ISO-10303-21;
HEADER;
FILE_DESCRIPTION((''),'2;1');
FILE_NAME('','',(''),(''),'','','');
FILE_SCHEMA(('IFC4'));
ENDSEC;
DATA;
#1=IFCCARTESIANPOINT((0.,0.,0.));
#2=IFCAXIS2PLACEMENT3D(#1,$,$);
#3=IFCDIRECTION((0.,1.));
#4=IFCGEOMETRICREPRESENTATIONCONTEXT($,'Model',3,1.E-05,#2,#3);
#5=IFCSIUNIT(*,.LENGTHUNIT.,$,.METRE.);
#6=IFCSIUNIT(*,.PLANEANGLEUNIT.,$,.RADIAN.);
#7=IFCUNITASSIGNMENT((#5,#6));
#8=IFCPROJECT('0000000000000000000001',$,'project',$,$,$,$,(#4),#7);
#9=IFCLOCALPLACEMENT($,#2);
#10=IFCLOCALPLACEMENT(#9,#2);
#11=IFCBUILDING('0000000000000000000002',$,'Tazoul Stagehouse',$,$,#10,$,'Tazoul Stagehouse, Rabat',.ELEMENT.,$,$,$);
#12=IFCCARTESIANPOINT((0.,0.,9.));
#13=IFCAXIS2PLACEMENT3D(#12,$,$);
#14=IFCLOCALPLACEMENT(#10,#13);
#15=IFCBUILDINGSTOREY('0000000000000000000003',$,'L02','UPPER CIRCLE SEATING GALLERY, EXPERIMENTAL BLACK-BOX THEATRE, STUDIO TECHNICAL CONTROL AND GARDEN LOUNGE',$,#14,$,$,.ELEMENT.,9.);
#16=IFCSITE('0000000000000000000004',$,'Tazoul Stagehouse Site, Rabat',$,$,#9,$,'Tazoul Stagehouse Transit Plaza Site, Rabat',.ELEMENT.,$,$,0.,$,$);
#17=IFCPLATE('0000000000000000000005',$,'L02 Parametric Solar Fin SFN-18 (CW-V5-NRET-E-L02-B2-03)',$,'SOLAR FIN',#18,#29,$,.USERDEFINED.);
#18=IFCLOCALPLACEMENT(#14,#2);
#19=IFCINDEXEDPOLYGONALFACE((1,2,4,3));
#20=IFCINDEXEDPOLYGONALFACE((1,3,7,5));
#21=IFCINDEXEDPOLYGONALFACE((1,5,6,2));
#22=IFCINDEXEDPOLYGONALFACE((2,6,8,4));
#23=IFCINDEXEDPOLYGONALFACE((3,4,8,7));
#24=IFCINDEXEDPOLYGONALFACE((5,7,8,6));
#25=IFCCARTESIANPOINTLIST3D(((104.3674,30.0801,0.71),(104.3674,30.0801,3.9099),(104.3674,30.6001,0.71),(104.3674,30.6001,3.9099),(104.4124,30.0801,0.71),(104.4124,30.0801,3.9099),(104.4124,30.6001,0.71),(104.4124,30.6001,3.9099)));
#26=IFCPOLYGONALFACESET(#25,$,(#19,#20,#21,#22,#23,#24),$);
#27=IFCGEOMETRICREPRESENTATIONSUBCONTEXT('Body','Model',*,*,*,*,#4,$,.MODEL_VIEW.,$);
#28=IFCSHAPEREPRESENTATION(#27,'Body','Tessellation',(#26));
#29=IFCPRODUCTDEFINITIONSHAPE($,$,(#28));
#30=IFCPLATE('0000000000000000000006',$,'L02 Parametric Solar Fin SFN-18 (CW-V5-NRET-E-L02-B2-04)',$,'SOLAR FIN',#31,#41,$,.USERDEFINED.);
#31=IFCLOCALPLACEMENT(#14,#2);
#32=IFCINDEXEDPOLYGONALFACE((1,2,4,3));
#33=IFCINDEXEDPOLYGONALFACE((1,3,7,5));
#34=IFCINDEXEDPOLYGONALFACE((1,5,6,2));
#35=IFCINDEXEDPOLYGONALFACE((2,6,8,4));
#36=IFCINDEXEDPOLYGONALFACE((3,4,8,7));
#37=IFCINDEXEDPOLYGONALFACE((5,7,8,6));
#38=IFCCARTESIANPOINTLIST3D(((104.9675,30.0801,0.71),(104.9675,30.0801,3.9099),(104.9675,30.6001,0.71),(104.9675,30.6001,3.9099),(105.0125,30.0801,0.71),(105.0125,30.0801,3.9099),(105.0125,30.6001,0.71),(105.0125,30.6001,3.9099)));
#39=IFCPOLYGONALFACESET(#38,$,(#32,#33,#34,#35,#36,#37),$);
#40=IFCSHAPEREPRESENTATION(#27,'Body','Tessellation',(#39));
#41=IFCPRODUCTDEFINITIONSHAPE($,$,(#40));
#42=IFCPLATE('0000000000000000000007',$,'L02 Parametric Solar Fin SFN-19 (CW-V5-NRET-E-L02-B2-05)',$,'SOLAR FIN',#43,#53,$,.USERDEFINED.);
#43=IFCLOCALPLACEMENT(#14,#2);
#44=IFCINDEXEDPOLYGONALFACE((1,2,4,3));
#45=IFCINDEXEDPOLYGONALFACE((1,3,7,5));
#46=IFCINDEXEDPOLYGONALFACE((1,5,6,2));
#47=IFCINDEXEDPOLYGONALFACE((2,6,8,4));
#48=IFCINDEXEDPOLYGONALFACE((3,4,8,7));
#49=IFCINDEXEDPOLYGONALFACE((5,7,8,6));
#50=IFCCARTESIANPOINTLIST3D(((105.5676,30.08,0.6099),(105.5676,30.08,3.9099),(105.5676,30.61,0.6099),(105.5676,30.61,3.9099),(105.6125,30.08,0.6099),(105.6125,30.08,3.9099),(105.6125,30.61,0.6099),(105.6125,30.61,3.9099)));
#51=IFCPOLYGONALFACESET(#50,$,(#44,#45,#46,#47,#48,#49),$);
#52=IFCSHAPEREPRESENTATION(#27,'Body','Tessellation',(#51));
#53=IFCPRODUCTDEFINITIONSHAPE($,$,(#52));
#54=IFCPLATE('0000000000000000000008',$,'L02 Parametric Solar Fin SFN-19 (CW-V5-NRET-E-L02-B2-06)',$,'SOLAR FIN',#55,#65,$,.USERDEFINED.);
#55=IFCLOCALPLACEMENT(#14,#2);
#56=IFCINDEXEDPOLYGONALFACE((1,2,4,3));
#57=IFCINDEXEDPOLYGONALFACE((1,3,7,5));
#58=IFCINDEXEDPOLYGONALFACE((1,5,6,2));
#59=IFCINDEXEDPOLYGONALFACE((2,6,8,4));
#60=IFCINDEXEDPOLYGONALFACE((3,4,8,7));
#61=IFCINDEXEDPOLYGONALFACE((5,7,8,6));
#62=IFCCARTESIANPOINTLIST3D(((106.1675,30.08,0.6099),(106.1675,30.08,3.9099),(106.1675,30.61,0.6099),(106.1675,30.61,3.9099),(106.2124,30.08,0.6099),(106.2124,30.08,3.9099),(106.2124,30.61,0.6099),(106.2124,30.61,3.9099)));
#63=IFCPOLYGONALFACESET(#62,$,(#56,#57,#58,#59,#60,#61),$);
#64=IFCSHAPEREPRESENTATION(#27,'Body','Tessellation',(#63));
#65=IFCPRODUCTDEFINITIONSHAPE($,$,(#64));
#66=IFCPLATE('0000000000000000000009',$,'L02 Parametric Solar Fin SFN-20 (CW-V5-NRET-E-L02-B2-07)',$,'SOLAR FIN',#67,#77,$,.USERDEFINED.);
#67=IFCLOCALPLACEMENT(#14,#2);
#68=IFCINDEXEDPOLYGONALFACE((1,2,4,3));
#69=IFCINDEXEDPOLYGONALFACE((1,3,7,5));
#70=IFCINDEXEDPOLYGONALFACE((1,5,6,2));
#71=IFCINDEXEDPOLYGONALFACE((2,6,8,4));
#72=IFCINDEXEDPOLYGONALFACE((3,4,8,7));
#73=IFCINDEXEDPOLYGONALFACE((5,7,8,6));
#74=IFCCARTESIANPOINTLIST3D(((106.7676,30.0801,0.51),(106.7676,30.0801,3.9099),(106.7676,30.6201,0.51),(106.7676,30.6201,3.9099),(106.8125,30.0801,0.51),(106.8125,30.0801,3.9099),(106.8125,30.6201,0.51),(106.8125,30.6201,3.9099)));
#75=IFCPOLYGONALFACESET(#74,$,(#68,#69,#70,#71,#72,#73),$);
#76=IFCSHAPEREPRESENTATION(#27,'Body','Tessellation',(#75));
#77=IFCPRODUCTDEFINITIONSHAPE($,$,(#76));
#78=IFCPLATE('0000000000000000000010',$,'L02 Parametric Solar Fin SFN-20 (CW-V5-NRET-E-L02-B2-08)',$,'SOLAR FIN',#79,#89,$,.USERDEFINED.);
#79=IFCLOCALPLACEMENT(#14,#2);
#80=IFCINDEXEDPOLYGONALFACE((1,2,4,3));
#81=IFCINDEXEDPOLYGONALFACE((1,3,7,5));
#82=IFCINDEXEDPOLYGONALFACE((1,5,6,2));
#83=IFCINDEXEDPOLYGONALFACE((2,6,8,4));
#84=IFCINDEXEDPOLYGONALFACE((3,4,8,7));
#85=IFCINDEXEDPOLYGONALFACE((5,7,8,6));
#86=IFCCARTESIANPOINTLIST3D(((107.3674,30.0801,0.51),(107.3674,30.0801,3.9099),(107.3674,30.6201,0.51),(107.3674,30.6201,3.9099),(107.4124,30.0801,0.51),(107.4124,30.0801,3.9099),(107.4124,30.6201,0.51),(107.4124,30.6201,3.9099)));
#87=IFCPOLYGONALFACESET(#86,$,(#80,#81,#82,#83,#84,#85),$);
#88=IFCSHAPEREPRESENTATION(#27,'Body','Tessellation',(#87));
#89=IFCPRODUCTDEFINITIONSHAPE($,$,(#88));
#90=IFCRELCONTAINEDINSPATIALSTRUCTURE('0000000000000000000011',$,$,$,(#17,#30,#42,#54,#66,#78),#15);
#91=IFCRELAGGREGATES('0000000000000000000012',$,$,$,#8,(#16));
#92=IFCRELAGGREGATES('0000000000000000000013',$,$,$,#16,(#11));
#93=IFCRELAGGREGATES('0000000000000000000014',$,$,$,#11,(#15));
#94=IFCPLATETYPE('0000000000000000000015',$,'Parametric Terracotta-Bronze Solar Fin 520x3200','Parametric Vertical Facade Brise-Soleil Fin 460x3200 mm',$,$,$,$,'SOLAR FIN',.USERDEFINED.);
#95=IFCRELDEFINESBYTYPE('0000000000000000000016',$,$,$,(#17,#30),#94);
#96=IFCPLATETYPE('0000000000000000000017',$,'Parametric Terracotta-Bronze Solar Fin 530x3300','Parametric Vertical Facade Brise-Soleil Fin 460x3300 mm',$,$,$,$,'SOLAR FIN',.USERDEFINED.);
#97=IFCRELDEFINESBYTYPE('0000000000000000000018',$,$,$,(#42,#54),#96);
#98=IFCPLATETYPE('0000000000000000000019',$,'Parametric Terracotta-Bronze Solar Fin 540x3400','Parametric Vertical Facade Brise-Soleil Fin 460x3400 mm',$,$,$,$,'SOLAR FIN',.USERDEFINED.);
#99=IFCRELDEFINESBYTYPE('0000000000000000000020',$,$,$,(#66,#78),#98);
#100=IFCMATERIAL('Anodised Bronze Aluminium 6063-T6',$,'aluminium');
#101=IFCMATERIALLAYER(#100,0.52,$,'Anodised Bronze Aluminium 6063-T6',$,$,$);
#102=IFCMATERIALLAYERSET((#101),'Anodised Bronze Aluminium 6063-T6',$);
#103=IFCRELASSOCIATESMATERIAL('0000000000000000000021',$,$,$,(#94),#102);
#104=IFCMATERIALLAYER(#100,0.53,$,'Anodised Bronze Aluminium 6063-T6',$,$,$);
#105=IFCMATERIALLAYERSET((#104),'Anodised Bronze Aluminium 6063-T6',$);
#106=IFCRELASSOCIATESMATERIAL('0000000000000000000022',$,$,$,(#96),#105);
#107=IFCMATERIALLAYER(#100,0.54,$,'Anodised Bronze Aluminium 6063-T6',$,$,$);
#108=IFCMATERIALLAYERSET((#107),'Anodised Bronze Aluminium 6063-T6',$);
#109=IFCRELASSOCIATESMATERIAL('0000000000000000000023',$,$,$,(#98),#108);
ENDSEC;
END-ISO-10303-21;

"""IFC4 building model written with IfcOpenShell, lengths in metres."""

from ifc_helpers import new_model, si_unit, direction, frame, origin, origin_2d, place, context, subcontext, project, spatial, rectangle, extrude, material, layer, layer_set, type_object, element, save


model = new_model("IFC4")

# Units and contexts
model_context = context("Model", 3, precision=1e-05, world=origin(), true_north=direction((0.0, 1.0)))
body_context = subcontext(model_context, "Body", "Model", "MODEL_VIEW")
ifc_project = project(units=[si_unit("LENGTHUNIT", "METRE"), si_unit("PLANEANGLEUNIT", "RADIAN")], contexts=[model_context])

# Site, building, storey
site_placement = place(None, origin())
site = spatial("IfcSite", under=ifc_project, at=site_placement, Name="Tazoul Stagehouse Site, Rabat", LongName="Tazoul Stagehouse Transit Plaza Site, Rabat", CompositionType="ELEMENT", RefElevation=0.0)
building_placement = place(site_placement, origin())
building = spatial("IfcBuilding", under=site, at=building_placement, Name="Tazoul Stagehouse", LongName="Tazoul Stagehouse, Rabat", CompositionType="ELEMENT")
storey_placement = place(building_placement, frame((0.0, 0.0, 9.0)))
storey = spatial("IfcBuildingStorey", under=building, at=storey_placement, Name="L02", Description="UPPER CIRCLE SEATING GALLERY, EXPERIMENTAL BLACK-BOX THEATRE, STUDIO TECHNICAL CONTROL AND GARDEN LOUNGE", CompositionType="ELEMENT", Elevation=9.0)

# Plates
ifc_material = material(Name="Anodised Bronze Aluminium 6063-T6", Category="aluminium")
ifc_layer_1 = layer(ifc_material, 0.52, Name="Anodised Bronze Aluminium 6063-T6")
ifc_layer_set_1 = layer_set([ifc_layer_1], Name="Anodised Bronze Aluminium 6063-T6")
plate_type_1 = type_object("IfcPlateType", Name="Parametric Terracotta-Bronze Solar Fin 520x3200", Description="Parametric Vertical Facade Brise-Soleil Fin 460x3200 mm", ElementType="SOLAR FIN", PredefinedType="USERDEFINED", material=ifc_layer_set_1)
for number, where, z_axis, x_axis, name in (
    (1, (104.3899, 30.3401, 0.71), (0.0, 0.0, 1.0), (1.0, 0.0, 0.0), "L02 Parametric Solar Fin SFN-18 (CW-V5-NRET-E-L02-B2-03)"),
    (2, (104.99, 30.3401, 0.71), (0.0, 0.0, 1.0), (1.0, 0.0, 0.0), "L02 Parametric Solar Fin SFN-18 (CW-V5-NRET-E-L02-B2-04)"),
):
    element("IfcPlate", number, at=place(storey_placement, frame(where, z_axis=z_axis, x_axis=x_axis)), inside=storey, type_object=plate_type_1, Name=name, ObjectType="SOLAR FIN", PredefinedType="USERDEFINED", context=body_context, shape_type="SweptSolid", body=[
        extrude(rectangle(XDim=0.0449, YDim=0.52, at=origin_2d()), origin(), (0.0, 0.0, 1.0), 3.2),
    ])
ifc_layer_2 = layer(ifc_material, 0.53, Name="Anodised Bronze Aluminium 6063-T6")
ifc_layer_set_2 = layer_set([ifc_layer_2], Name="Anodised Bronze Aluminium 6063-T6")
plate_type_2 = type_object("IfcPlateType", Name="Parametric Terracotta-Bronze Solar Fin 530x3300", Description="Parametric Vertical Facade Brise-Soleil Fin 460x3300 mm", ElementType="SOLAR FIN", PredefinedType="USERDEFINED", material=ifc_layer_set_2)
for number, where, z_axis, x_axis, name in (
    (3, (105.5901, 30.345, 0.6099), (0.0, 0.0, 1.0), (1.0, 0.0, 0.0), "L02 Parametric Solar Fin SFN-19 (CW-V5-NRET-E-L02-B2-05)"),
    (4, (106.1899, 30.345, 0.6099), (0.0, 0.0, 1.0), (1.0, 0.0, 0.0), "L02 Parametric Solar Fin SFN-19 (CW-V5-NRET-E-L02-B2-06)"),
):
    element("IfcPlate", number, at=place(storey_placement, frame(where, z_axis=z_axis, x_axis=x_axis)), inside=storey, type_object=plate_type_2, Name=name, ObjectType="SOLAR FIN", PredefinedType="USERDEFINED", context=body_context, shape_type="SweptSolid", body=[
        extrude(rectangle(XDim=0.0449, YDim=0.53, at=origin_2d()), origin(), (0.0, 0.0, 1.0), 3.3),
    ])
ifc_layer_3 = layer(ifc_material, 0.54, Name="Anodised Bronze Aluminium 6063-T6")
ifc_layer_set_3 = layer_set([ifc_layer_3], Name="Anodised Bronze Aluminium 6063-T6")
plate_type_3 = type_object("IfcPlateType", Name="Parametric Terracotta-Bronze Solar Fin 540x3400", Description="Parametric Vertical Facade Brise-Soleil Fin 460x3400 mm", ElementType="SOLAR FIN", PredefinedType="USERDEFINED", material=ifc_layer_set_3)
for number, where, z_axis, x_axis, name in (
    (5, (106.79, 30.3501, 0.51), (0.0, 0.0, 1.0), (1.0, 0.0, 0.0), "L02 Parametric Solar Fin SFN-20 (CW-V5-NRET-E-L02-B2-07)"),
    (6, (107.3899, 30.3501, 0.51), (0.0, 0.0, 1.0), (1.0, 0.0, 0.0), "L02 Parametric Solar Fin SFN-20 (CW-V5-NRET-E-L02-B2-08)"),
):
    element("IfcPlate", number, at=place(storey_placement, frame(where, z_axis=z_axis, x_axis=x_axis)), inside=storey, type_object=plate_type_3, Name=name, ObjectType="SOLAR FIN", PredefinedType="USERDEFINED", context=body_context, shape_type="SweptSolid", body=[
        extrude(rectangle(XDim=0.0449, YDim=0.54, at=origin_2d()), origin(), (0.0, 0.0, 1.0), 3.3999),
    ])

save(model, "model.ifc")
